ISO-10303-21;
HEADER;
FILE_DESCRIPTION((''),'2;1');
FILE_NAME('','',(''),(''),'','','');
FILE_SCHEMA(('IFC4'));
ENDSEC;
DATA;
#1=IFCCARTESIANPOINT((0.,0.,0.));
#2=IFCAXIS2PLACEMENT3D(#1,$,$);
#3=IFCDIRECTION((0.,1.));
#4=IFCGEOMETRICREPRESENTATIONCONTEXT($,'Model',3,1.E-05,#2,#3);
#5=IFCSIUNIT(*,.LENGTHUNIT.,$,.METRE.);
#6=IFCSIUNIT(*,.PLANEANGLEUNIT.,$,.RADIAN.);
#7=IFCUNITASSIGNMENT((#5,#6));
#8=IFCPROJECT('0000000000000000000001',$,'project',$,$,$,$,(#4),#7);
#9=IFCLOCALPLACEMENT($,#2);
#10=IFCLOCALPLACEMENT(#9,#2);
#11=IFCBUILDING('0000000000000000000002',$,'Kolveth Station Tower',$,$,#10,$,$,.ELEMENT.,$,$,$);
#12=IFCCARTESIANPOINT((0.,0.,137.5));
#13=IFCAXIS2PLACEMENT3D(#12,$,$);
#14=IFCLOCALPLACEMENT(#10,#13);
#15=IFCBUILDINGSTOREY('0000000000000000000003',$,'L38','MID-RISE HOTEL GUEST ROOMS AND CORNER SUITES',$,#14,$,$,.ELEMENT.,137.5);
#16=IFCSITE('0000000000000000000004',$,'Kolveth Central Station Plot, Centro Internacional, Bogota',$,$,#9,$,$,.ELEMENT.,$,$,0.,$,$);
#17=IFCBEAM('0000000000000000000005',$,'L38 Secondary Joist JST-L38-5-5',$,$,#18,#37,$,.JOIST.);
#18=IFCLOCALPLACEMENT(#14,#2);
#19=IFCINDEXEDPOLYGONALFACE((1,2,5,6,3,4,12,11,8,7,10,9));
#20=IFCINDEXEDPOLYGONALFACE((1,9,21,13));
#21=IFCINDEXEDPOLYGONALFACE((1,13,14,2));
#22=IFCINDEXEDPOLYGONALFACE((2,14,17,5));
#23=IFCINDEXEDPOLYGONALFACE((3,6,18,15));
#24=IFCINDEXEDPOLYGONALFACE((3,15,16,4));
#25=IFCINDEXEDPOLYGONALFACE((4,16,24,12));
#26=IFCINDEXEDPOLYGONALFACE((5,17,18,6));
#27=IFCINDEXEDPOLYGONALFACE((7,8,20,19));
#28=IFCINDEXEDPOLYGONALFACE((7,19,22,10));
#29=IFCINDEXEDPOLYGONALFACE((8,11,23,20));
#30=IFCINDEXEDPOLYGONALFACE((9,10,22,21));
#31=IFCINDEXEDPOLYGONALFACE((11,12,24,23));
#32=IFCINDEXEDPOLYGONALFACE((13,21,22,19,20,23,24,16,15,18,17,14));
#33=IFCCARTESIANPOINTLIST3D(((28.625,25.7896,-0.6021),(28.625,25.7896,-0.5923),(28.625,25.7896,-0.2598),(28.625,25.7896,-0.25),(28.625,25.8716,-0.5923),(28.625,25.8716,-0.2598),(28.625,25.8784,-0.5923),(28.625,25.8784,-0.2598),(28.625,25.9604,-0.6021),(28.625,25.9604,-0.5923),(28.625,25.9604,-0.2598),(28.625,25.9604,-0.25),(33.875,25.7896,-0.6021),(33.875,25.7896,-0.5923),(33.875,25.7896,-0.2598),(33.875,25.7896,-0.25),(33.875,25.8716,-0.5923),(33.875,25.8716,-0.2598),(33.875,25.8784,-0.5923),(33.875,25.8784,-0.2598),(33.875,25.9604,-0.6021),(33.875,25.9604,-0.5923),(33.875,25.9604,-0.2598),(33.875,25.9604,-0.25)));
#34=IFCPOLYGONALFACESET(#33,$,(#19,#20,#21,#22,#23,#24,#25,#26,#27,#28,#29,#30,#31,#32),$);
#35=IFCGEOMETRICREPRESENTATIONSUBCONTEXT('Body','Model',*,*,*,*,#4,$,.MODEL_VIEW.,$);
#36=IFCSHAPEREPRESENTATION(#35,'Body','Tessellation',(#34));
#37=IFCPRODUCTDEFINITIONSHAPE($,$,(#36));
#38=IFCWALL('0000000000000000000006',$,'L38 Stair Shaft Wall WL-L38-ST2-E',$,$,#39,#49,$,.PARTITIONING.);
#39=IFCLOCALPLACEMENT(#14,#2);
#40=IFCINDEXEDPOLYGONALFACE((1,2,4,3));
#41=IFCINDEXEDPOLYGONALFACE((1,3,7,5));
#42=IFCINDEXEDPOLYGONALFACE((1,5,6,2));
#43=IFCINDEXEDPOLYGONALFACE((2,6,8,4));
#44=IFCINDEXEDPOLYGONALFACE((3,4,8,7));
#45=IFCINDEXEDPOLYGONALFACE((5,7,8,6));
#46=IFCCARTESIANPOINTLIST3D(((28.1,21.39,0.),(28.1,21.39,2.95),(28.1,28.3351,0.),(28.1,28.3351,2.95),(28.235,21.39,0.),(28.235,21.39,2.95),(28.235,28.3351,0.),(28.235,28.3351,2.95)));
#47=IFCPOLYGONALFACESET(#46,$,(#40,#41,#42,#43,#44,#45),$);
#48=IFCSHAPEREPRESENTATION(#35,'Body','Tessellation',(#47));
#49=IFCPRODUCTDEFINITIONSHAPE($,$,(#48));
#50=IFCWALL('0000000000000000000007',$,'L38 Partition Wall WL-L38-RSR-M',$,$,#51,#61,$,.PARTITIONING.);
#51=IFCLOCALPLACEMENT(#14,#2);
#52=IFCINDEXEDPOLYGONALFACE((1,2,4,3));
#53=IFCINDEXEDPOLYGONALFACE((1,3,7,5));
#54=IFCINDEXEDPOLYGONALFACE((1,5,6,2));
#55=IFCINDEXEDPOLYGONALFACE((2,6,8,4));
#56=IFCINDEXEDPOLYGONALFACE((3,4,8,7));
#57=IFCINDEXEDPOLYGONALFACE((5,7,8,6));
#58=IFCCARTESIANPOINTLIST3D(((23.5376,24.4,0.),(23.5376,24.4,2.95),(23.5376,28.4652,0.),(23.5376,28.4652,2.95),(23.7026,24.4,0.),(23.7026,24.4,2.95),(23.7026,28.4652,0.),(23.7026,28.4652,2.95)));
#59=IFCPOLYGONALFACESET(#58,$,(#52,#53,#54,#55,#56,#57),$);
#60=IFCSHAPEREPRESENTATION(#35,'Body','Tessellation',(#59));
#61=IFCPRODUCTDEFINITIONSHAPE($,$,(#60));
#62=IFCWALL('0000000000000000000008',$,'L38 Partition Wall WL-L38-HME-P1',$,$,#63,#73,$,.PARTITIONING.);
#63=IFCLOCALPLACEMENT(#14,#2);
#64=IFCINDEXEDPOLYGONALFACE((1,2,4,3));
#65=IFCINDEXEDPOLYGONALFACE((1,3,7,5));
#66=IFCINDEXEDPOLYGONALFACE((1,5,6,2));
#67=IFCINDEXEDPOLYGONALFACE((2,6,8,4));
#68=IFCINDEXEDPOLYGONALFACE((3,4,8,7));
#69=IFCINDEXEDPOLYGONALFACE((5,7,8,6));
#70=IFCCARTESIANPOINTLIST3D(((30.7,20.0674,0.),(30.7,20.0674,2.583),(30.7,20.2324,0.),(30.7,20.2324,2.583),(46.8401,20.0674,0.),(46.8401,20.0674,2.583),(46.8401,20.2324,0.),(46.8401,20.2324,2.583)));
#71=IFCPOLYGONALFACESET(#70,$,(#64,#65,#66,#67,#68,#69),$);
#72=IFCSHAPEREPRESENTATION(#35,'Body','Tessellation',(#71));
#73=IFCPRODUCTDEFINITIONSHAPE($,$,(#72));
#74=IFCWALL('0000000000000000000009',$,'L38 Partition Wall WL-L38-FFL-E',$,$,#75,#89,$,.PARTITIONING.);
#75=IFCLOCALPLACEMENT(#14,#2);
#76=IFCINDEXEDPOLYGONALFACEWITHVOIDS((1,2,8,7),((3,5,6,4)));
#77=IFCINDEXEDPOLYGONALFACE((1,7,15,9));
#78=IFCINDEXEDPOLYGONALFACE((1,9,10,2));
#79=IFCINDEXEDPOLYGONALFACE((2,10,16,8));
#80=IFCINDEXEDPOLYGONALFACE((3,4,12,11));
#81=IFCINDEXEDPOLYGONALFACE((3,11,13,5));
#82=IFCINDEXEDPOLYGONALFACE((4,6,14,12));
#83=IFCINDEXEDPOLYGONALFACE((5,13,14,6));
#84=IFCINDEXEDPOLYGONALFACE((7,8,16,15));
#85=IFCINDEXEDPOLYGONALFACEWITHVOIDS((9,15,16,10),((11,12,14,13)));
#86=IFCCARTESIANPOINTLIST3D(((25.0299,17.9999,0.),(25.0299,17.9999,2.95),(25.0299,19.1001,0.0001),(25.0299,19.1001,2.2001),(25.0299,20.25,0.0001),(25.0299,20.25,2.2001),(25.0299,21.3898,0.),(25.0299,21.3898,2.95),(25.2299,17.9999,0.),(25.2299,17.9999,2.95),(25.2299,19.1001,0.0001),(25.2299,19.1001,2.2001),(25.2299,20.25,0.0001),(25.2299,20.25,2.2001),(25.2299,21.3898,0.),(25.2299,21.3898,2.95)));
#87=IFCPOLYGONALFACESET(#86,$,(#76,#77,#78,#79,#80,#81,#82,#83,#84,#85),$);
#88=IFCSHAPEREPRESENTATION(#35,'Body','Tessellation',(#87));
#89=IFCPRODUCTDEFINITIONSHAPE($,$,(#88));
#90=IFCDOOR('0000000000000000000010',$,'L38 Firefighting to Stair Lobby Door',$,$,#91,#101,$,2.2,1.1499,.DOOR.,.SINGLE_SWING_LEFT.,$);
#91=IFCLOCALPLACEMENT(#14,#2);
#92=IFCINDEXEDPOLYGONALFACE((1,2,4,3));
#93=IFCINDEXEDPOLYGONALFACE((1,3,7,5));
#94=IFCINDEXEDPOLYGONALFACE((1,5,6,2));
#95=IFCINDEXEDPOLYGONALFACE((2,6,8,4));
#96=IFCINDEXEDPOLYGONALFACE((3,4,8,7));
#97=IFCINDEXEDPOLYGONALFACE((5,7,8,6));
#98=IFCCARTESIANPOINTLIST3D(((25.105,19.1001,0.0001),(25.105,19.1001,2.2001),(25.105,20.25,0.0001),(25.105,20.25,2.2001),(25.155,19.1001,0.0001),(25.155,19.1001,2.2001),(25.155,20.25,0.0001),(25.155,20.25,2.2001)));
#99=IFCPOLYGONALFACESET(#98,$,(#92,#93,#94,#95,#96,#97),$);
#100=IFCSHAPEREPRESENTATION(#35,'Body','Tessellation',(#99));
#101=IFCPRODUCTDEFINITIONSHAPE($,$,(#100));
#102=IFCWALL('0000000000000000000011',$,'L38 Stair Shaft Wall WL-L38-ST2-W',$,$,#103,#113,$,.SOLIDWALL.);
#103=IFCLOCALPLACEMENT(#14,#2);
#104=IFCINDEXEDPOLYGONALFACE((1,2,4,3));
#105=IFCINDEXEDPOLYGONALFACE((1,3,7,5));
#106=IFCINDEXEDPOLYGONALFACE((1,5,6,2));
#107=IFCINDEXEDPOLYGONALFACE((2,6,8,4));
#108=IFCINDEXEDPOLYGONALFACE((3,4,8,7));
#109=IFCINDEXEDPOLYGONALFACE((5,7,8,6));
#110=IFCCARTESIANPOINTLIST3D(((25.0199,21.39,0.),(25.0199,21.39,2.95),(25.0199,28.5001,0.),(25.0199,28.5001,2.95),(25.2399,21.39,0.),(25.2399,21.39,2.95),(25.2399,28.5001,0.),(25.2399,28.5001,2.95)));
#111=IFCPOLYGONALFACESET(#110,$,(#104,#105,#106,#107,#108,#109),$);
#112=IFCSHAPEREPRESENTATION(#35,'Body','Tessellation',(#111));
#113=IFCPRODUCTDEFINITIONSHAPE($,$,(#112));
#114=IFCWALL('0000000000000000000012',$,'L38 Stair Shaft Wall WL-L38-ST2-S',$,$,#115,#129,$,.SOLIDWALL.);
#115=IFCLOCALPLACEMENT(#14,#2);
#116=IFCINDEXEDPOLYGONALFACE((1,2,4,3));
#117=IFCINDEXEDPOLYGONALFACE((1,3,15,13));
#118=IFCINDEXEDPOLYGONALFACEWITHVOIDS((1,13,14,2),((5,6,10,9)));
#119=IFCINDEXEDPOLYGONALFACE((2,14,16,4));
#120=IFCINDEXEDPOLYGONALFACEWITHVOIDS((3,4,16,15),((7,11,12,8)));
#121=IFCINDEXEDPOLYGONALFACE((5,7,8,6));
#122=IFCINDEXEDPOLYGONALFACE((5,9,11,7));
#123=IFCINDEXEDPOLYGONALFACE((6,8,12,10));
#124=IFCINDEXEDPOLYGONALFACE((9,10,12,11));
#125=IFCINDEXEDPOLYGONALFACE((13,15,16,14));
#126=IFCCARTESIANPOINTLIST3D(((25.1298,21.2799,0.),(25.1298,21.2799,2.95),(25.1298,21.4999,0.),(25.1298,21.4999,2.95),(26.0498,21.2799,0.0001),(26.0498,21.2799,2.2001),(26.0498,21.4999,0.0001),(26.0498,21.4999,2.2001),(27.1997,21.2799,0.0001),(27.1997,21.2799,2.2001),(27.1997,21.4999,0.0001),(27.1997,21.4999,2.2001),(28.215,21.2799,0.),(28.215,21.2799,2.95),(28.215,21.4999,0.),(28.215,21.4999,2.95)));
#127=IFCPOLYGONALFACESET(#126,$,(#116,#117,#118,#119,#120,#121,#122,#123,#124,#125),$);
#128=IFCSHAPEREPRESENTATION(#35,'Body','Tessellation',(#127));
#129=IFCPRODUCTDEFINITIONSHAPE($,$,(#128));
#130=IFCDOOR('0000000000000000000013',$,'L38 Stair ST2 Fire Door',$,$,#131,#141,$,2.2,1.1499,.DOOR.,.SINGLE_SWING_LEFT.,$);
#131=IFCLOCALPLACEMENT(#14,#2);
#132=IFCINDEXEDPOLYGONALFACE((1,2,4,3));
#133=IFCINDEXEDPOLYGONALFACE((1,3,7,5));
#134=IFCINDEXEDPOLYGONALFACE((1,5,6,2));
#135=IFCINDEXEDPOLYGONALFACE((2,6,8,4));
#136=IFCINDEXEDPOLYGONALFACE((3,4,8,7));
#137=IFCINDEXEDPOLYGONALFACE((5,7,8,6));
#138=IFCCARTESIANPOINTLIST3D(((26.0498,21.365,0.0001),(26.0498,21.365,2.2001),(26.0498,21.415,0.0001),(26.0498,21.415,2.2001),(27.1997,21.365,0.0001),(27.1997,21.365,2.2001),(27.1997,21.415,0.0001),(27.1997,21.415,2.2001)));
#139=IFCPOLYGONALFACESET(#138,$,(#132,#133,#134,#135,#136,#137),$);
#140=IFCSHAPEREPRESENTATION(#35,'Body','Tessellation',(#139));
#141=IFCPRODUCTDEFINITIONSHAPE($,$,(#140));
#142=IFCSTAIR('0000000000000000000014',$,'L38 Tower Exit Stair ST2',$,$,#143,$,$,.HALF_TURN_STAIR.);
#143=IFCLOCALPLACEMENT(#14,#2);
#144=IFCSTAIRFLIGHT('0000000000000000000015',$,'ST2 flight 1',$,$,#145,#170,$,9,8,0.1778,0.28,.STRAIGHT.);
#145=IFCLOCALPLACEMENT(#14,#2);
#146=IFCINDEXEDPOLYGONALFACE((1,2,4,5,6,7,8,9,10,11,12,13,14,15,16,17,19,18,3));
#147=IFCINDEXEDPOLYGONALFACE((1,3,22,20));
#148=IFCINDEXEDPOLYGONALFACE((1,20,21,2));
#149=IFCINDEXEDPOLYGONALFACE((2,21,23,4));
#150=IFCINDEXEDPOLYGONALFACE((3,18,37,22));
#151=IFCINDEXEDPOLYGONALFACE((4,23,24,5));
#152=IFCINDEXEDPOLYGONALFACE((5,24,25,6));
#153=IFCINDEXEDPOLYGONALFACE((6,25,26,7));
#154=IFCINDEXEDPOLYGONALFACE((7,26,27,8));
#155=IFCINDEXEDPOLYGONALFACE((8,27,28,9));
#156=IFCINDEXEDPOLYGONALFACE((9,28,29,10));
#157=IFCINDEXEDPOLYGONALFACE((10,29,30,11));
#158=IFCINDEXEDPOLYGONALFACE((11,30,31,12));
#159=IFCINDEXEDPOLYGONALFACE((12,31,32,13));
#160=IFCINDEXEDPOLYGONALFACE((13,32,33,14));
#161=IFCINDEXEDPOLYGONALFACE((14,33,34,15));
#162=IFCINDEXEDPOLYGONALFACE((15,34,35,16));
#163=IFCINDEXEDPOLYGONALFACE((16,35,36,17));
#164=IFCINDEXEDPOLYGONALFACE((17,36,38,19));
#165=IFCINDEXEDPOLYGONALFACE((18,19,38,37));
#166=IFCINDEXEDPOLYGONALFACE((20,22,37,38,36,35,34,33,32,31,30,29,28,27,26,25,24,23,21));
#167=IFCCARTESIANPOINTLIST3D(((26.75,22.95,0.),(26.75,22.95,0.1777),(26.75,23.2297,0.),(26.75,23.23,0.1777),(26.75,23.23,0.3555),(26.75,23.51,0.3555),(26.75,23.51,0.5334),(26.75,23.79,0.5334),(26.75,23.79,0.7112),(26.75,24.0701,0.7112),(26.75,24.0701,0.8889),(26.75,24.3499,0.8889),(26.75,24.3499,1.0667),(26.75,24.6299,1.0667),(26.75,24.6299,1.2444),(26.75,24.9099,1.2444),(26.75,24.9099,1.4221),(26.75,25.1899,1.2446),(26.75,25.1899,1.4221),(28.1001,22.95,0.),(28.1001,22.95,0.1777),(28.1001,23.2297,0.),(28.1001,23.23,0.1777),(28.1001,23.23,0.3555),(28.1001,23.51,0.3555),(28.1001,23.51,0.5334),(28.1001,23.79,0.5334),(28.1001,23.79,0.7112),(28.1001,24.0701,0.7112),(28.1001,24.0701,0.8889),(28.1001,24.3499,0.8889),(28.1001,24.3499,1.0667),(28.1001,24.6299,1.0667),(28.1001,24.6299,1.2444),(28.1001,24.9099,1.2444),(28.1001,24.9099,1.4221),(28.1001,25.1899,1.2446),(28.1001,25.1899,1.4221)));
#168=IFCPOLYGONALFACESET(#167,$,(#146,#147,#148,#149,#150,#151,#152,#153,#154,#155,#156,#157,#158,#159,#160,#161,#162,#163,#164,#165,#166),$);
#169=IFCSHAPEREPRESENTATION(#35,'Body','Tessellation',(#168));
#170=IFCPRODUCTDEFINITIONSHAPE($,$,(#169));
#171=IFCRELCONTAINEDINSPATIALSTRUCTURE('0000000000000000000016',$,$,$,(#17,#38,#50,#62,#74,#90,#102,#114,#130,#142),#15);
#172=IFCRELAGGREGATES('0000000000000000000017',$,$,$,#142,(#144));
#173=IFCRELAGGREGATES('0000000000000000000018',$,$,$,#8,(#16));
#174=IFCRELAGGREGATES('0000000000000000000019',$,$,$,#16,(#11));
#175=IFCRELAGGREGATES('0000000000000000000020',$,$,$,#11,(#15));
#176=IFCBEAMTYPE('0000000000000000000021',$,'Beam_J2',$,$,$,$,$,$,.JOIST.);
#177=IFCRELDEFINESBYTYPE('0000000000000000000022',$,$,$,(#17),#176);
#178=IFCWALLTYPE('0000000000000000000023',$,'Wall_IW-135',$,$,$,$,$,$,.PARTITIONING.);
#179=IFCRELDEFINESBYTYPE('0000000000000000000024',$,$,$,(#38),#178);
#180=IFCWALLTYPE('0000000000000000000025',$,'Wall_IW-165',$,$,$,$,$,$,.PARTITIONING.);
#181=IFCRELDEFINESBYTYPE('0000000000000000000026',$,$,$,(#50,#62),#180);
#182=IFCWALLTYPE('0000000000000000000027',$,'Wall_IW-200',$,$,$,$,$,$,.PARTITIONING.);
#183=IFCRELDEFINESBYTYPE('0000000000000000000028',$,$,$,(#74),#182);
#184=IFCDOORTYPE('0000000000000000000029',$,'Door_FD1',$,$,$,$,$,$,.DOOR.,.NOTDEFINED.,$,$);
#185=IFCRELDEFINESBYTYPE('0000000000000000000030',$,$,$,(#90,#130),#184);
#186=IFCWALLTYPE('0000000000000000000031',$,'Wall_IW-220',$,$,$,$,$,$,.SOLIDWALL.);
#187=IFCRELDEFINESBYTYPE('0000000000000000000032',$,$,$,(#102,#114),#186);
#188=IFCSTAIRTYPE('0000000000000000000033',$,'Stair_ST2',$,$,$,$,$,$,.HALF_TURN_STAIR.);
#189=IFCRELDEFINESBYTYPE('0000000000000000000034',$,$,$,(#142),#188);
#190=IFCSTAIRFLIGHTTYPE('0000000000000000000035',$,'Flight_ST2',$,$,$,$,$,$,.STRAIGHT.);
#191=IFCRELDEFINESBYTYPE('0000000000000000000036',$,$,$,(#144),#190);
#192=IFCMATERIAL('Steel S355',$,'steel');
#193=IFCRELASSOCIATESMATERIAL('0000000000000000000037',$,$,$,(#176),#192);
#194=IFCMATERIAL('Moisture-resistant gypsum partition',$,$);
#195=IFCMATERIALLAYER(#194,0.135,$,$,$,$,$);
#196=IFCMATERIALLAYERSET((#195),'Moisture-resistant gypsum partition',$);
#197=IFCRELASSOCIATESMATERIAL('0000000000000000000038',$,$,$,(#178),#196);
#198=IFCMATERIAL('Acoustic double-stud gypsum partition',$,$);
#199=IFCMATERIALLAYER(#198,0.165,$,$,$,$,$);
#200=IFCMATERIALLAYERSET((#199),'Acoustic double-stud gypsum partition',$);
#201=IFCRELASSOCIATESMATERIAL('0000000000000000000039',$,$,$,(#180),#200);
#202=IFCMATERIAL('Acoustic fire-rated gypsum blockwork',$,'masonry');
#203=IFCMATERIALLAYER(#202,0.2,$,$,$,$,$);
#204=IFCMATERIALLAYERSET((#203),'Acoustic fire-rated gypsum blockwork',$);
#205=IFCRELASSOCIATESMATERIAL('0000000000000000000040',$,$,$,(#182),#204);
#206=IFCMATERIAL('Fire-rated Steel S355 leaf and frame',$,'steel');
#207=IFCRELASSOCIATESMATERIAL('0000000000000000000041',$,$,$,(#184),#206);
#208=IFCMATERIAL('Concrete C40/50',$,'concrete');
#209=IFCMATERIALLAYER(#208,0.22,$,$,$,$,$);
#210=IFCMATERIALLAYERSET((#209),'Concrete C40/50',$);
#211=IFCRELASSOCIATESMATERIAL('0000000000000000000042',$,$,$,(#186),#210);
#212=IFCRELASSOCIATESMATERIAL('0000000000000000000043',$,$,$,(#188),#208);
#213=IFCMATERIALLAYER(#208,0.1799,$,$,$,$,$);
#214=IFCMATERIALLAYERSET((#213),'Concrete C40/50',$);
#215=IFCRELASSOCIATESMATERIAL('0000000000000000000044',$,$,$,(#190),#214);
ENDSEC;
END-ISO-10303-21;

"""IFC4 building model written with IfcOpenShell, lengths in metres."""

from ifc_helpers import new_model, si_unit, direction, frame, frame_2d, origin, origin_2d, place, context, subcontext, project, spatial, polyline, rectangle, i_section, outline, extrude, source, transform, mapped, material, layer, layer_set, material_profile, profile_set, type_object, element, fill, aggregate, save


model = new_model("IFC4")

# Units and contexts
model_context = context("Model", 3, precision=1e-05, world=origin(), true_north=direction((0.0, 1.0)))
body_context = subcontext(model_context, "Body", "Model", "MODEL_VIEW")
ifc_project = project(units=[si_unit("LENGTHUNIT", "METRE"), si_unit("PLANEANGLEUNIT", "RADIAN")], contexts=[model_context])

# Site, building, storey
site_placement = place(None, origin())
site = spatial("IfcSite", under=ifc_project, at=site_placement, Name="Kolveth Central Station Plot, Centro Internacional, Bogota", CompositionType="ELEMENT", RefElevation=0.0)
building_placement = place(site_placement, origin())
building = spatial("IfcBuilding", under=site, at=building_placement, Name="Kolveth Station Tower", CompositionType="ELEMENT")
storey_placement = place(building_placement, frame((0.0, 0.0, 137.5)))
storey = spatial("IfcBuildingStorey", under=building, at=storey_placement, Name="L38", Description="MID-RISE HOTEL GUEST ROOMS AND CORNER SUITES", CompositionType="ELEMENT", Elevation=137.5)

# Shared definitions
ifc_material_1 = material(Name="Steel S355", Category="steel")

# Beam
ifc_material_profile_1 = material_profile(ifc_material_1, i_section(OverallWidth=0.1709, OverallDepth=0.3521, WebThickness=0.0068, FlangeThickness=0.0098, at=origin_2d()), Name="W360x44")
ifc_profile_set_1 = profile_set([ifc_material_profile_1], Name="Steel S355")
beam_type_1 = type_object("IfcBeamType", Name="Beam_J2", PredefinedType="JOIST", material=ifc_profile_set_1)
shared_shape_1 = source(origin(), body_context, "Body", "SweptSolid", [
    extrude(i_section(OverallWidth=0.1709, OverallDepth=0.3521, WebThickness=0.0068, FlangeThickness=0.0098, at=origin_2d()), origin(), (0.0, 0.0, 1.0), 5.25),
])
for number, where, z_axis, x_axis, name in (
    (1, (28.625, 25.875, -0.426), (1.0, 0.0, 0.0), (0.0, 1.0, 0.0), "L38 Secondary Joist JST-L38-5-5"),
):
    element("IfcBeam", number, at=place(storey_placement, frame(where, z_axis=z_axis, x_axis=x_axis)), inside=storey, type_object=beam_type_1, Name=name, PredefinedType="JOIST", context=body_context, shape_type="MappedRepresentation", body=[
        mapped(shared_shape_1, transform((0.0, 0.0, 0.0), x_axis=(1.0, 0.0, 0.0), y_axis=(0.0, 1.0, 0.0), z_axis=(0.0, 0.0, 1.0), scale=1.0)),
    ])

# Walls
ifc_material_2 = material(Name="Moisture-resistant gypsum partition")
ifc_layer_1 = layer(ifc_material_2, 0.135)
ifc_layer_set_1 = layer_set([ifc_layer_1], Name="Moisture-resistant gypsum partition")
wall_type_1 = type_object("IfcWallType", Name="Wall_IW-135", PredefinedType="PARTITIONING", material=ifc_layer_set_1)
wall_1_placement = place(storey_placement, frame((28.1675, 21.3899, 0.0), z_axis=(0.0, 0.0, 1.0), x_axis=(0.0, 1.0, 0.0)))
element("IfcWall", 2, at=wall_1_placement, inside=storey, type_object=wall_type_1, Name="L38 Stair Shaft Wall WL-L38-ST2-E", PredefinedType="PARTITIONING", context=body_context, shape_type="SweptSolid", body=[
    extrude(rectangle(XDim=6.9451, YDim=0.135, at=frame_2d((3.4727, 0.0))), origin(), (0.0, 0.0, 1.0), 2.95),
])
ifc_material_3 = material(Name="Acoustic double-stud gypsum partition")
ifc_layer_2 = layer(ifc_material_3, 0.165)
ifc_layer_set_2 = layer_set([ifc_layer_2], Name="Acoustic double-stud gypsum partition")
wall_type_2 = type_object("IfcWallType", Name="Wall_IW-165", PredefinedType="PARTITIONING", material=ifc_layer_set_2)
wall_2_placement = place(storey_placement, frame((23.6201, 24.3999, 0.0), z_axis=(0.0, 0.0, 1.0), x_axis=(0.0, 1.0, 0.0)))
element("IfcWall", 3, at=wall_2_placement, inside=storey, type_object=wall_type_2, Name="L38 Partition Wall WL-L38-RSR-M", PredefinedType="PARTITIONING", context=body_context, shape_type="SweptSolid", body=[
    extrude(rectangle(XDim=4.0652, YDim=0.165, at=frame_2d((2.0327, 0.0))), origin(), (0.0, 0.0, 1.0), 2.95),
])
wall_3_placement = place(storey_placement, frame((30.7, 20.1499, 0.0), z_axis=(0.0, 0.0, 1.0), x_axis=(1.0, 0.0, 0.0)))
element("IfcWall", 4, at=wall_3_placement, inside=storey, type_object=wall_type_2, Name="L38 Partition Wall WL-L38-HME-P1", PredefinedType="PARTITIONING", context=body_context, shape_type="SweptSolid", body=[
    extrude(rectangle(XDim=16.1401, YDim=0.165, at=frame_2d((8.0701, 0.0))), origin(), (0.0, 0.0, 1.0), 2.583),
])

# Wall, opening, door
ifc_material_4 = material(Name="Acoustic fire-rated gypsum blockwork", Category="masonry")
ifc_layer_3 = layer(ifc_material_4, 0.2)
ifc_layer_set_3 = layer_set([ifc_layer_3], Name="Acoustic fire-rated gypsum blockwork")
wall_type_3 = type_object("IfcWallType", Name="Wall_IW-200", PredefinedType="PARTITIONING", material=ifc_layer_set_3)
wall_4_placement = place(storey_placement, frame((25.1299, 18.0, 0.0), z_axis=(0.0, 0.0, 1.0), x_axis=(0.0, 1.0, 0.0)))
wall_4 = element("IfcWall", 5, at=wall_4_placement, inside=storey, type_object=wall_type_3, Name="L38 Partition Wall WL-L38-FFL-E", PredefinedType="PARTITIONING", context=body_context, shape_type="SweptSolid", body=[
    extrude(rectangle(XDim=3.3899, YDim=0.2, at=frame_2d((1.6948, 0.0))), origin(), (0.0, 0.0, 1.0), 2.95),
])
opening_1_placement = place(wall_4_placement, frame((1.1001, 0.0, 0.0)))
opening_1 = element("IfcOpeningElement", 6, at=opening_1_placement, cuts=wall_4, PredefinedType="OPENING", context=body_context, shape_type="SweptSolid", body=[
    extrude(rectangle(XDim=1.1499, YDim=2.2, at=frame_2d((0.575, 1.1001))), frame((0.0, 0.1099, 0.0), z_axis=(0.0, -1.0, 0.0), x_axis=(1.0, 0.0, 0.0)), (0.0, 0.0, 1.0), 0.22),
])
ifc_material_5 = material(Name="Fire-rated Steel S355 leaf and frame", Category="steel")
door_type = type_object("IfcDoorType", Name="Door_FD1", OperationType="NOTDEFINED", PredefinedType="DOOR", material=ifc_material_5)
door_1_placement = place(opening_1_placement, origin())
door_1 = element("IfcDoor", 7, at=door_1_placement, inside=storey, type_object=door_type, Name="L38 Firefighting to Stair Lobby Door", OperationType="SINGLE_SWING_LEFT", OverallHeight=2.2, OverallWidth=1.1499, PredefinedType="DOOR", context=body_context, shape_type="SweptSolid", body=[
    extrude(rectangle(XDim=1.1499, YDim=2.2, at=frame_2d((0.575, 1.1001))), frame((0.0, 0.0249, 0.0), z_axis=(0.0, -1.0, 0.0), x_axis=(1.0, 0.0, 0.0)), (0.0, 0.0, 1.0), 0.05),
])
fill(opening_1, door_1)

# Wall
ifc_material_6 = material(Name="Concrete C40/50", Category="concrete")
ifc_layer_4 = layer(ifc_material_6, 0.22)
ifc_layer_set_4 = layer_set([ifc_layer_4], Name="Concrete C40/50")
wall_type_4 = type_object("IfcWallType", Name="Wall_IW-220", PredefinedType="SOLIDWALL", material=ifc_layer_set_4)
wall_5_placement = place(storey_placement, frame((25.1299, 21.3899, 0.0), z_axis=(0.0, 0.0, 1.0), x_axis=(0.0, 1.0, 0.0)))
element("IfcWall", 8, at=wall_5_placement, inside=storey, type_object=wall_type_4, Name="L38 Stair Shaft Wall WL-L38-ST2-W", PredefinedType="SOLIDWALL", context=body_context, shape_type="SweptSolid", body=[
    extrude(rectangle(XDim=7.1101, YDim=0.22, at=frame_2d((3.5552, 0.0))), origin(), (0.0, 0.0, 1.0), 2.95),
])

# Wall, opening, door
wall_6_placement = place(storey_placement, frame((25.1299, 21.3899, 0.0), z_axis=(0.0, 0.0, 1.0), x_axis=(1.0, 0.0, 0.0)))
wall_6 = element("IfcWall", 9, at=wall_6_placement, inside=storey, type_object=wall_type_4, Name="L38 Stair Shaft Wall WL-L38-ST2-S", PredefinedType="SOLIDWALL", context=body_context, shape_type="SweptSolid", body=[
    extrude(rectangle(XDim=3.0852, YDim=0.22, at=frame_2d((1.5425, 0.0))), origin(), (0.0, 0.0, 1.0), 2.95),
])
opening_2_placement = place(wall_6_placement, frame((0.9199, 0.0, 0.0)))
opening_2 = element("IfcOpeningElement", 10, at=opening_2_placement, cuts=wall_6, PredefinedType="OPENING", context=body_context, shape_type="SweptSolid", body=[
    extrude(rectangle(XDim=1.1499, YDim=2.2, at=frame_2d((0.575, 1.1001))), frame((0.0, 0.1199, 0.0), z_axis=(0.0, -1.0, 0.0), x_axis=(1.0, 0.0, 0.0)), (0.0, 0.0, 1.0), 0.24),
])
door_2_placement = place(opening_2_placement, frame((1.1499, 0.0, 0.0), z_axis=(0.0, 0.0, 1.0), x_axis=(-1.0, 0.0, 0.0)))
door_2 = element("IfcDoor", 11, at=door_2_placement, inside=storey, type_object=door_type, Name="L38 Stair ST2 Fire Door", OperationType="SINGLE_SWING_LEFT", OverallHeight=2.2, OverallWidth=1.1499, PredefinedType="DOOR", context=body_context, shape_type="SweptSolid", body=[
    extrude(rectangle(XDim=1.1499, YDim=2.2, at=frame_2d((0.575, 1.1001))), frame((0.0, 0.0249, 0.0), z_axis=(0.0, -1.0, 0.0), x_axis=(1.0, 0.0, 0.0)), (0.0, 0.0, 1.0), 0.05),
])
fill(opening_2, door_2)

# Stair, stair flight
stair_type = type_object("IfcStairType", Name="Stair_ST2", PredefinedType="HALF_TURN_STAIR", material=ifc_material_6)
stair_placement = place(storey_placement, origin())
stair = element("IfcStair", 12, at=stair_placement, inside=storey, type_object=stair_type, Name="L38 Tower Exit Stair ST2", PredefinedType="HALF_TURN_STAIR")
ifc_layer_5 = layer(ifc_material_6, 0.1799)
ifc_layer_set_5 = layer_set([ifc_layer_5], Name="Concrete C40/50")
stair_flight_type = type_object("IfcStairFlightType", Name="Flight_ST2", PredefinedType="STRAIGHT", material=ifc_layer_set_5)
stair_flight_1_placement = place(storey_placement, frame((27.425, 22.95, 0.0), z_axis=(0.0, 0.0, 1.0), x_axis=(0.0, 1.0, 0.0)))
stair_flight_1 = element("IfcStairFlight", 13, at=stair_flight_1_placement, type_object=stair_flight_type, Name="ST2 flight 1", NumberOfRisers=9, NumberOfTreads=8, PredefinedType="STRAIGHT", RiserHeight=0.1778, TreadLength=0.28, context=body_context, shape_type="SweptSolid", body=[
    extrude(outline(polyline([(0.0, 0.0), (0.0, 0.1777), (0.28, 0.1777), (0.28, 0.3555), (0.5601, 0.3555), (0.5601, 0.5334), (0.8401, 0.5334), (0.8401, 0.7112), (1.1201, 0.7112), (1.1201, 0.8889), (1.3999, 0.8889), (1.3999, 1.0667), (1.6799, 1.0667), (1.6799, 1.2444), (1.96, 1.2444), (1.96, 1.4221), (2.24, 1.4221), (2.24, 1.6001), (2.24, 1.2446), (0.2798, 0.0), (0.0, 0.0)])), frame((0.0, 0.675, 0.0), z_axis=(0.0, -1.0, 0.0), x_axis=(1.0, 0.0, 0.0)), (0.0, 0.0, 1.0), 1.3501),
])
aggregate(stair, [stair_flight_1])

save(model, "model.ifc")
